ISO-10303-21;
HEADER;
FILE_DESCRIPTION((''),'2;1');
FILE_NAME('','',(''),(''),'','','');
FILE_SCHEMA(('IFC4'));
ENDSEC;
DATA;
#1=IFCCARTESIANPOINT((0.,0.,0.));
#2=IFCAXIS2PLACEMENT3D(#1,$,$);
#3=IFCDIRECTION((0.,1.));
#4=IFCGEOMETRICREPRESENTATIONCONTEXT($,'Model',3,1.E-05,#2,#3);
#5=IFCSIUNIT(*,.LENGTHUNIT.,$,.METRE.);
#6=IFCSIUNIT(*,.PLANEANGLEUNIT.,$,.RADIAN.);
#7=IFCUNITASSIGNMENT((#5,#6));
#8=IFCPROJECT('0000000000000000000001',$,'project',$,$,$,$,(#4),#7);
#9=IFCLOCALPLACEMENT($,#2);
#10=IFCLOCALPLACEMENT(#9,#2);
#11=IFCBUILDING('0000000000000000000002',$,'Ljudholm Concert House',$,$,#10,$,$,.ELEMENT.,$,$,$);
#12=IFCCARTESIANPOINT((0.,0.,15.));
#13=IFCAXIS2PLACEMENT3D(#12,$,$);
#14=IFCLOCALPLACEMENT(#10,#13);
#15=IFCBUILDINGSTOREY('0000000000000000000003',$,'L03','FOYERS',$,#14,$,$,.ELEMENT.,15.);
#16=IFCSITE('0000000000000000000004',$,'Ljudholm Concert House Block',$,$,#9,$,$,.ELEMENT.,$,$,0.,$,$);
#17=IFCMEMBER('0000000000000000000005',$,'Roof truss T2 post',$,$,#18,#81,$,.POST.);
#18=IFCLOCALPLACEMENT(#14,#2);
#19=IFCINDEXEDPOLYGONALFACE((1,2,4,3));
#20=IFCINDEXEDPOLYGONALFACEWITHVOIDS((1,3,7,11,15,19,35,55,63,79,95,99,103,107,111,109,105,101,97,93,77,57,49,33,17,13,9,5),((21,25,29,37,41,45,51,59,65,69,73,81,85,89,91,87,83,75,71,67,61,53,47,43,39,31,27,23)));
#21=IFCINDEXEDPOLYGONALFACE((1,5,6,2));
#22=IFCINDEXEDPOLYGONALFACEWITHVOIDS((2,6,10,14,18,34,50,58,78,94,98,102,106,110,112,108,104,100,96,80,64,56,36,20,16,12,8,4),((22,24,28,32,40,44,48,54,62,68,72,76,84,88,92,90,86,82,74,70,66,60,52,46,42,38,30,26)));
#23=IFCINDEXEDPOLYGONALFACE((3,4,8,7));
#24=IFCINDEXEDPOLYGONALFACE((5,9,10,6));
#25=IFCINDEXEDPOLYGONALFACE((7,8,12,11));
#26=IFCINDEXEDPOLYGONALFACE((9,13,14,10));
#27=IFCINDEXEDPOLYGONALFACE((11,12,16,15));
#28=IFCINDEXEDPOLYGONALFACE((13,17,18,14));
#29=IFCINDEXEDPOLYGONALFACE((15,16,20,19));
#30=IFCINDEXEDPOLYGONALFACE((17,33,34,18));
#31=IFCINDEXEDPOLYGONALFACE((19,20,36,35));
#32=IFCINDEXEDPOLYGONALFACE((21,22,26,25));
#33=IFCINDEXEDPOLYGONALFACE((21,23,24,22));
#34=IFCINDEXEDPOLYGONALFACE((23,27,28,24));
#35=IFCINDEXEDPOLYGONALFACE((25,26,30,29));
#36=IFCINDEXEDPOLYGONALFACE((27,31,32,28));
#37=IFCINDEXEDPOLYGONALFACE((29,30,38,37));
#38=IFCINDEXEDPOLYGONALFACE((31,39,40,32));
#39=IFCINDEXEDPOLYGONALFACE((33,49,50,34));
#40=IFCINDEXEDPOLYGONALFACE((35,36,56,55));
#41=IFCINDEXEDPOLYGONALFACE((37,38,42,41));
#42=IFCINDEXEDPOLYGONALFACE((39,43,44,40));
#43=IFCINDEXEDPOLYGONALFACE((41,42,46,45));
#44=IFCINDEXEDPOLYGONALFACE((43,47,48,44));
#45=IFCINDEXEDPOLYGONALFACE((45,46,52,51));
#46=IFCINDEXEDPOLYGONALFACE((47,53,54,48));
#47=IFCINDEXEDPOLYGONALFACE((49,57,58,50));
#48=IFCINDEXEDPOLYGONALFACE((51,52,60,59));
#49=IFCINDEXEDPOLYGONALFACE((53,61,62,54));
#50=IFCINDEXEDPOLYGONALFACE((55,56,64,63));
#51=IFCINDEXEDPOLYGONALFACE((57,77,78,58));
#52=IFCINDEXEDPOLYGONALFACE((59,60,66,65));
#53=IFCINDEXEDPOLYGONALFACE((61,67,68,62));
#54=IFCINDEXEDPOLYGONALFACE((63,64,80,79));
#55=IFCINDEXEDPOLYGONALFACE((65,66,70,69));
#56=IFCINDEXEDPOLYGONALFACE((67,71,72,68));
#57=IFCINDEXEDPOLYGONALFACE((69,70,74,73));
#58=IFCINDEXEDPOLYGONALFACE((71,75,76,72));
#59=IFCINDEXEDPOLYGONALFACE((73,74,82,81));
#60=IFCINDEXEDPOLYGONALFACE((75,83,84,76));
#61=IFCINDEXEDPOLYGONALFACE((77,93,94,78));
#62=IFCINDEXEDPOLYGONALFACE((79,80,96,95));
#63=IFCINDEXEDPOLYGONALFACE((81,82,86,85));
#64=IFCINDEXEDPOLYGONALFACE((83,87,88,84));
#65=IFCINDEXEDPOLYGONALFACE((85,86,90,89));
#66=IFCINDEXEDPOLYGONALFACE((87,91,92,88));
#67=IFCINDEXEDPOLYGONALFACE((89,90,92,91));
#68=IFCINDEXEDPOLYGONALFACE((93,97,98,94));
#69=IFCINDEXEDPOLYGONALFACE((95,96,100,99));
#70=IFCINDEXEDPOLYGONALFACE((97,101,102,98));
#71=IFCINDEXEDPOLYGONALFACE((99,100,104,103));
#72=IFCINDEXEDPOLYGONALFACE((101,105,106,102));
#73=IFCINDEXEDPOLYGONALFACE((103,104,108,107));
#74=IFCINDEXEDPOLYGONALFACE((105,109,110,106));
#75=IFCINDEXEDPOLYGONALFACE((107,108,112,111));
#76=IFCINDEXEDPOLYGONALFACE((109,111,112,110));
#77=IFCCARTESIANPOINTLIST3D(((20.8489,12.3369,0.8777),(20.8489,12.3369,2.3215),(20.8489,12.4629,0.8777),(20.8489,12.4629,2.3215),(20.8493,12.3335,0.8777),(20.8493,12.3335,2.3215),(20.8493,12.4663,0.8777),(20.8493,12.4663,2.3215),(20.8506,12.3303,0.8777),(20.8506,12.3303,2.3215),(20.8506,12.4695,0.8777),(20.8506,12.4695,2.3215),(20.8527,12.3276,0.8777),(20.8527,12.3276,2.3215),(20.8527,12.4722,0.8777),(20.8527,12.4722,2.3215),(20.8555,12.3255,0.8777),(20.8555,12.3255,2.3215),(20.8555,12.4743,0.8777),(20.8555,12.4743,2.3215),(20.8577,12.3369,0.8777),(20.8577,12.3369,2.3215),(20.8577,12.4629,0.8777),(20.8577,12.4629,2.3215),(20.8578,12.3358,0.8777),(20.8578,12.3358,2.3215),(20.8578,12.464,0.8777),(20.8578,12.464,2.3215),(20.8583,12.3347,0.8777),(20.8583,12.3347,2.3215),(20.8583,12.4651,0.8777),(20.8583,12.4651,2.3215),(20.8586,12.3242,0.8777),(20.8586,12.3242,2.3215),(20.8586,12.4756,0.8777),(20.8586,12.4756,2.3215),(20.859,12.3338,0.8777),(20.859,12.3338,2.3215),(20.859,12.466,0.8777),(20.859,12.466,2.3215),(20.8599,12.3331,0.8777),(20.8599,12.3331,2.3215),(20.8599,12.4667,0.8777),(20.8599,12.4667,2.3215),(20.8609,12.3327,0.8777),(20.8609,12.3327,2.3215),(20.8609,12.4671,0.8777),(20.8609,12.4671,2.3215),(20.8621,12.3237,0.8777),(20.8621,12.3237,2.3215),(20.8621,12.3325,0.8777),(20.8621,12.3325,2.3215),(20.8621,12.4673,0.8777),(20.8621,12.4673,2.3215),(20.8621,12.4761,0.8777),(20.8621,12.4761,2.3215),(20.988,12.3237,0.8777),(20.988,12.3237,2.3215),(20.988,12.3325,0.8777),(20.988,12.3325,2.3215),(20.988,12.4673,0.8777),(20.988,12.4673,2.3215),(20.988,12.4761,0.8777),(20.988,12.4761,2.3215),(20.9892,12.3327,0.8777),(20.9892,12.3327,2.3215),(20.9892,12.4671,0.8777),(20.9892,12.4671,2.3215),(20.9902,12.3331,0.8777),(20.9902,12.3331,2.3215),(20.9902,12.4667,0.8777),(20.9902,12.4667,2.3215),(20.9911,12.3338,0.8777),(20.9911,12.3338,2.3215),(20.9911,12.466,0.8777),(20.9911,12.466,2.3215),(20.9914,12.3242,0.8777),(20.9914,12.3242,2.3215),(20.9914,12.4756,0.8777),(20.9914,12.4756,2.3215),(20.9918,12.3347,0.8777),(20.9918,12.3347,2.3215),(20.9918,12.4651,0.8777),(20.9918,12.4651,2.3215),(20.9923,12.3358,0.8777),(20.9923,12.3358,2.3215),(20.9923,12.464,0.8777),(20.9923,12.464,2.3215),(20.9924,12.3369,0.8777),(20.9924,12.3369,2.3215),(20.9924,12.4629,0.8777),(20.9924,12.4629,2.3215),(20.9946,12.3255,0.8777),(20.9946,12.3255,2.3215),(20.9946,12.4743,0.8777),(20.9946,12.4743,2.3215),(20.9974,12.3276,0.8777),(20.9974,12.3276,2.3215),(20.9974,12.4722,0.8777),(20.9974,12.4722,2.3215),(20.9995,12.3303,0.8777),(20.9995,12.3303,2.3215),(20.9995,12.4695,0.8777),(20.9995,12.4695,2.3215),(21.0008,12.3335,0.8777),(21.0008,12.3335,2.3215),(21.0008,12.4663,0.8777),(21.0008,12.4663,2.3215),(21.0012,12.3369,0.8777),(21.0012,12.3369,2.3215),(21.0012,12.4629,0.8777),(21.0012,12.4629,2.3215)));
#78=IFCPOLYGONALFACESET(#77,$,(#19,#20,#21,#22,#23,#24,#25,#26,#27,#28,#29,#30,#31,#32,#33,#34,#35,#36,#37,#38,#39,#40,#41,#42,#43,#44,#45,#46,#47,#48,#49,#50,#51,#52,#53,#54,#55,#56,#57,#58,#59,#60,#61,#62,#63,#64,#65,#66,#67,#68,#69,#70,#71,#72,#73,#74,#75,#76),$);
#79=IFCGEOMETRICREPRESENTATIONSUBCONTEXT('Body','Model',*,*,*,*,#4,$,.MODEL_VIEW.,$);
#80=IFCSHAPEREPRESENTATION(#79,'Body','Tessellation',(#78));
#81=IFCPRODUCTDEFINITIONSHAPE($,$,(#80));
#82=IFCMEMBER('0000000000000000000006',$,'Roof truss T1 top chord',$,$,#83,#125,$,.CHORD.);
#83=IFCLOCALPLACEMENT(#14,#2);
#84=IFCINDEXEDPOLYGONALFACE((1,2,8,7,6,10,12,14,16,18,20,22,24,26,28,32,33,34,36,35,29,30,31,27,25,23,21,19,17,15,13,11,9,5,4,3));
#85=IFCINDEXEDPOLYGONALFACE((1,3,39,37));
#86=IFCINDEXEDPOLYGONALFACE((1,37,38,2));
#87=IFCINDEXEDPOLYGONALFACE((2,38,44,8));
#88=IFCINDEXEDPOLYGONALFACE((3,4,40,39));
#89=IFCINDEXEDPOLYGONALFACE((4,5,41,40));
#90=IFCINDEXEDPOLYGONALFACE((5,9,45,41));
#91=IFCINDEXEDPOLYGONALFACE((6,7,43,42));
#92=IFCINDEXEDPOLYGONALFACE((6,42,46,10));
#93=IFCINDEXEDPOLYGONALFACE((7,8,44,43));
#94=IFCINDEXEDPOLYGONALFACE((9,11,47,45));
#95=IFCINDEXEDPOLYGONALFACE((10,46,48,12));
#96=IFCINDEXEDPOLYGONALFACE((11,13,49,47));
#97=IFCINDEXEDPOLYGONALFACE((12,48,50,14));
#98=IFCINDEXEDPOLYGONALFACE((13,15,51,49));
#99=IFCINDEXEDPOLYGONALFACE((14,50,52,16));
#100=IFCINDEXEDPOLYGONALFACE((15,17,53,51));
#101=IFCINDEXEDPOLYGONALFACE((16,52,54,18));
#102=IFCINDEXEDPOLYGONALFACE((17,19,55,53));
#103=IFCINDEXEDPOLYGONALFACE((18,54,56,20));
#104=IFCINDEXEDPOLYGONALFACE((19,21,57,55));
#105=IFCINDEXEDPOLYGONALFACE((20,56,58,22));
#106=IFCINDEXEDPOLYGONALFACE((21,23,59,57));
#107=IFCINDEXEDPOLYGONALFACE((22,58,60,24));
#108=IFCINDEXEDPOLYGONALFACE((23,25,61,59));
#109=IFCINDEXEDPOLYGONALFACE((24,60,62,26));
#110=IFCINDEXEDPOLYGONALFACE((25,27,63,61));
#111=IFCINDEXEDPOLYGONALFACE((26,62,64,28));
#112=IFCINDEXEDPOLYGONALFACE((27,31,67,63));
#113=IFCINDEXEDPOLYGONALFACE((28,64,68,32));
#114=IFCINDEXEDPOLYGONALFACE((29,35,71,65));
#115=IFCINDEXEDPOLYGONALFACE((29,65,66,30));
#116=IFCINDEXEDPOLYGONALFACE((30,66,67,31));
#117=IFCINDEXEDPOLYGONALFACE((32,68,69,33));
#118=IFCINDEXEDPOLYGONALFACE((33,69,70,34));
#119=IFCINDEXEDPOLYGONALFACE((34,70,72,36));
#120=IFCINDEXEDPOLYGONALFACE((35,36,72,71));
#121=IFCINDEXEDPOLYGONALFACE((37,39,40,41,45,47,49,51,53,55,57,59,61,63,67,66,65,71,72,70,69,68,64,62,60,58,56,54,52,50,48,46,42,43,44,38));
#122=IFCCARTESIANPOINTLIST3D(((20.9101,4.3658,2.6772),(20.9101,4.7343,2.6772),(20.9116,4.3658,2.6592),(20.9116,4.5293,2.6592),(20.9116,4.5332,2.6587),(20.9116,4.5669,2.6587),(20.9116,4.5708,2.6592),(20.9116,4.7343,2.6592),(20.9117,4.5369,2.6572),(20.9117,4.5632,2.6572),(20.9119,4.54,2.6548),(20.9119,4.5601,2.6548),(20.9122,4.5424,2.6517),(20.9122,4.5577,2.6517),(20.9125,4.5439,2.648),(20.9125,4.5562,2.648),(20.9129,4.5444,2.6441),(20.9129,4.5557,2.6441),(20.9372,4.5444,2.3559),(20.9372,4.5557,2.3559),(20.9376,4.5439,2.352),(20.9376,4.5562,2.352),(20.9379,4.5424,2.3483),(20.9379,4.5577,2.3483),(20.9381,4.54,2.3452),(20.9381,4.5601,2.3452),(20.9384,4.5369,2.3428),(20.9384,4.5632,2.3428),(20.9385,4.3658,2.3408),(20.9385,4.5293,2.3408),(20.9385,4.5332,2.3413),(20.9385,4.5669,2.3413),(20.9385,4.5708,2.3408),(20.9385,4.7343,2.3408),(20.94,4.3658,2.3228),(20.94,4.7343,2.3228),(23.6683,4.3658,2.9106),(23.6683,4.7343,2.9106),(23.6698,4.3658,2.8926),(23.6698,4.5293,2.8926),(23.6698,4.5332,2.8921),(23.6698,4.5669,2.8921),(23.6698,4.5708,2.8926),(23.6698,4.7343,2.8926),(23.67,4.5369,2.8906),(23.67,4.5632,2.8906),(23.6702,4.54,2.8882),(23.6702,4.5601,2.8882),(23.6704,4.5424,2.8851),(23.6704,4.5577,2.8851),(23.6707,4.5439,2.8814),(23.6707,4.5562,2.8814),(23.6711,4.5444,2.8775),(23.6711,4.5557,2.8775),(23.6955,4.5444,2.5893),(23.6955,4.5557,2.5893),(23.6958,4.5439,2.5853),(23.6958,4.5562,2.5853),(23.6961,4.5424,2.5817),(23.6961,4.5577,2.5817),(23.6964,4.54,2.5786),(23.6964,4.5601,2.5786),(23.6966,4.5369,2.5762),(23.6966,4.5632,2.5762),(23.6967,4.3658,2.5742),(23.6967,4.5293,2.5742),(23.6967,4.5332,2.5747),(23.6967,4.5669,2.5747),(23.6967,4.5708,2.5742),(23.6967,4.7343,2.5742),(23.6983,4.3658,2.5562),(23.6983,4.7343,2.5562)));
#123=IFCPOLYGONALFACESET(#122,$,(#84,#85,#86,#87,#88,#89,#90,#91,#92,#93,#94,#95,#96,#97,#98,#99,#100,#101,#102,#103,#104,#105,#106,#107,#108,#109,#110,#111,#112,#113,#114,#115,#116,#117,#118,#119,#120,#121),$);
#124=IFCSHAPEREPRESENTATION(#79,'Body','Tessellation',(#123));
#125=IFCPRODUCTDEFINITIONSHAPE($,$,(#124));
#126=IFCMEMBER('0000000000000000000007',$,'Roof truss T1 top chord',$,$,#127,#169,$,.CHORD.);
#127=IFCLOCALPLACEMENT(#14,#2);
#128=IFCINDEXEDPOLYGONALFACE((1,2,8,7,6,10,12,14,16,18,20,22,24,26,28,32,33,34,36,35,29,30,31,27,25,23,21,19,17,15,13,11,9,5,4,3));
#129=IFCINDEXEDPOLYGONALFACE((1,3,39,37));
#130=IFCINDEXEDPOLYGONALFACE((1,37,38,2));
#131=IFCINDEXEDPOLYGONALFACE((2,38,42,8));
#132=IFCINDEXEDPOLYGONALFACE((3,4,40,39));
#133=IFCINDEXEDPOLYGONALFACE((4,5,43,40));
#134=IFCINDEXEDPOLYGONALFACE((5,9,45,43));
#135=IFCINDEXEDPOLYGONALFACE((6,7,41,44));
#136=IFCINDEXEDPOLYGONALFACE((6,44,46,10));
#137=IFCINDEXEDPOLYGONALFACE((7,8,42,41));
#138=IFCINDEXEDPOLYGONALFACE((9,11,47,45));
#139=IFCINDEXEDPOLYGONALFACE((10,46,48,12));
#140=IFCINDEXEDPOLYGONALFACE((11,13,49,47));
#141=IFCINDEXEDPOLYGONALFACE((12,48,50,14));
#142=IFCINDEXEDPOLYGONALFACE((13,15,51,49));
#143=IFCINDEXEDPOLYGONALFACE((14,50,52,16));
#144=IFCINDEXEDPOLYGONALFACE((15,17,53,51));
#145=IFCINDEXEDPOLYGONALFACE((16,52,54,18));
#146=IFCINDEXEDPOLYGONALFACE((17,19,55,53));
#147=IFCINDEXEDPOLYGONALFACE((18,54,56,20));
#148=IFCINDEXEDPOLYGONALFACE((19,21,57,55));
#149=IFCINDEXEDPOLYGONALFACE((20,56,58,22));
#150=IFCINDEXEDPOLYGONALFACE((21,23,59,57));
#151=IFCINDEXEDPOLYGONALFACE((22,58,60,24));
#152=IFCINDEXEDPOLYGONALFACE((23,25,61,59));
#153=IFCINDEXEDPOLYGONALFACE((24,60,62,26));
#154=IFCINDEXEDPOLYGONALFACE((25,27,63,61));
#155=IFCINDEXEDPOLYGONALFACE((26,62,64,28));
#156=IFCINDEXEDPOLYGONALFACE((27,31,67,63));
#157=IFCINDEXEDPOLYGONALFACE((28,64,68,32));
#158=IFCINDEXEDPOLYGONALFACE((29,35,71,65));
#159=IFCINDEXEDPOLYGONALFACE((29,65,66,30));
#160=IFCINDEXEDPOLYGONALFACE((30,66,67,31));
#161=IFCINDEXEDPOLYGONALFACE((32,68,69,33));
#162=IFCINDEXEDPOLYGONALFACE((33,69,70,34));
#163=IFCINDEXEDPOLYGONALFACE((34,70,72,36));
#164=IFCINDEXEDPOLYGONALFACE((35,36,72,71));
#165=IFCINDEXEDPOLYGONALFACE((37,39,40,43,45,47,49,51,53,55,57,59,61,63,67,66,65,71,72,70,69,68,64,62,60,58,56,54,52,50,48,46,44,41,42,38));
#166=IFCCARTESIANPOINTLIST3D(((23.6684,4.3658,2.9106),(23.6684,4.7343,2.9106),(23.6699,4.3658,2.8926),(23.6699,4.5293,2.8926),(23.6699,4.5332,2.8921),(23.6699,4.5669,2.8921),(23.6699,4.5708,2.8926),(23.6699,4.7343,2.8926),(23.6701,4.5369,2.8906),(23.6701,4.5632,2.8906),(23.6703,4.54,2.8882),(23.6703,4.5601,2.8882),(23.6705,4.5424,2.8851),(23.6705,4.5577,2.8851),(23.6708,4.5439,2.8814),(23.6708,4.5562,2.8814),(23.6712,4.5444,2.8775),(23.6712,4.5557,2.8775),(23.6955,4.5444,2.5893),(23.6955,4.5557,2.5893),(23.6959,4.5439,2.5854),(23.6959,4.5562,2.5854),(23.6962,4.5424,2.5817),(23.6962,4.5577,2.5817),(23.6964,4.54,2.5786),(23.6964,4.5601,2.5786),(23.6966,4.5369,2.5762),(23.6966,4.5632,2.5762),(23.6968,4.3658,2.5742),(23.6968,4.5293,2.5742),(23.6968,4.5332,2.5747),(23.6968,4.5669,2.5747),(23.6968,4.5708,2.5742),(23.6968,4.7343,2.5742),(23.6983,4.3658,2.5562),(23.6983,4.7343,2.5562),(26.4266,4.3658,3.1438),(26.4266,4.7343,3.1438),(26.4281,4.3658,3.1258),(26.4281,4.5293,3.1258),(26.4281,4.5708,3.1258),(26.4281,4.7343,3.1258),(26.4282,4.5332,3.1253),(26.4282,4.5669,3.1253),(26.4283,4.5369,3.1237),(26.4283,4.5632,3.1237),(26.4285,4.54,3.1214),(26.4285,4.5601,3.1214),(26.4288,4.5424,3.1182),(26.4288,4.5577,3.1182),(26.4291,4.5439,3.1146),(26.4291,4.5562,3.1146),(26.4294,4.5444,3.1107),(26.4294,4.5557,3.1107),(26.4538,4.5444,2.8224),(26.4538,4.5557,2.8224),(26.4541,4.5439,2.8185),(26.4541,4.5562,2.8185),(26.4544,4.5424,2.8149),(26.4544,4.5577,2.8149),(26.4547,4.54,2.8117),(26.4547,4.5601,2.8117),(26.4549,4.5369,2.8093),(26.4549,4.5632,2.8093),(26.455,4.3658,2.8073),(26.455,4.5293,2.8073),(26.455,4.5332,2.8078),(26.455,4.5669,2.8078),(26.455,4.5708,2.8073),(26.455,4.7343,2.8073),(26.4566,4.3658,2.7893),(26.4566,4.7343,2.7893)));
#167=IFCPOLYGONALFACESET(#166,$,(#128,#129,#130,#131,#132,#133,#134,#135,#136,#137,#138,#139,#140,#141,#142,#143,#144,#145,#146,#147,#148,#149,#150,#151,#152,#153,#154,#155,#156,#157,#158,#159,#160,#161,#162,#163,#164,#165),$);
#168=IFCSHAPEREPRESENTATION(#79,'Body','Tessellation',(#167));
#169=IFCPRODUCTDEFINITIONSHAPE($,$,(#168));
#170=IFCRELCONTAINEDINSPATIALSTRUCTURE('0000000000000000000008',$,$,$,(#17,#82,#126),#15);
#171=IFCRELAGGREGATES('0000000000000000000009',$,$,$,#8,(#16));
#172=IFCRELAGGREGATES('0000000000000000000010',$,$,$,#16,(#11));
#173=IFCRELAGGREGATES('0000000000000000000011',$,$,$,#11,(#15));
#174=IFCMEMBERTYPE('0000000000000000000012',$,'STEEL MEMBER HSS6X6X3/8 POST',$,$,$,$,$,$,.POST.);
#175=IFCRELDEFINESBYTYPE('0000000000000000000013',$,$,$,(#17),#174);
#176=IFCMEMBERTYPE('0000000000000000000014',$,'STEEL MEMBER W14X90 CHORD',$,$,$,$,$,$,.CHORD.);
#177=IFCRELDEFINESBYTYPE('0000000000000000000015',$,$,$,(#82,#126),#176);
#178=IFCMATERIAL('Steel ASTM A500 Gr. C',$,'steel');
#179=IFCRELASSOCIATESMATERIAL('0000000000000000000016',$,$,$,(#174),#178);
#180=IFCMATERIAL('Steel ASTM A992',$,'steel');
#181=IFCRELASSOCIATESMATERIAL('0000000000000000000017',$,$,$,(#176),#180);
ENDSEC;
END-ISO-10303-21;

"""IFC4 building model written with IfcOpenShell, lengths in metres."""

from ifc_helpers import new_model, si_unit, direction, frame, origin, origin_2d, place, context, subcontext, project, spatial, hollow_rectangle, i_section, extrude, material, material_profile, profile_set, type_object, element, save


model = new_model("IFC4")

# Units and contexts
model_context = context("Model", 3, precision=1e-05, world=origin(), true_north=direction((0.0, 1.0)))
body_context = subcontext(model_context, "Body", "Model", "MODEL_VIEW")
ifc_project = project(units=[si_unit("LENGTHUNIT", "METRE"), si_unit("PLANEANGLEUNIT", "RADIAN")], contexts=[model_context])

# Site, building, storey
site_placement = place(None, origin())
site = spatial("IfcSite", under=ifc_project, at=site_placement, Name="Ljudholm Concert House Block", CompositionType="ELEMENT", RefElevation=0.0)
building_placement = place(site_placement, origin())
building = spatial("IfcBuilding", under=site, at=building_placement, Name="Ljudholm Concert House", CompositionType="ELEMENT")
storey_placement = place(building_placement, frame((0.0, 0.0, 15.0)))
storey = spatial("IfcBuildingStorey", under=building, at=storey_placement, Name="L03", Description="FOYERS", CompositionType="ELEMENT", Elevation=15.0)

# Members
ifc_material_1 = material(Name="Steel ASTM A500 Gr. C", Category="steel")
ifc_material_profile_1 = material_profile(ifc_material_1, hollow_rectangle(XDim=0.1523, YDim=0.1523, WallThickness=0.0088, InnerFilletRadius=0.0044, OuterFilletRadius=0.0132, at=origin_2d()), Name="HSS6X6X3/8")
ifc_profile_set_1 = profile_set([ifc_material_profile_1], Name="Steel ASTM A500 Gr. C")
member_type_1 = type_object("IfcMemberType", Name="STEEL MEMBER HSS6X6X3/8 POST", PredefinedType="POST", material=ifc_profile_set_1)
member_1_placement = place(storey_placement, frame((20.925, 12.3999, 0.8777), z_axis=(0.0, 0.0, 1.0), x_axis=(1.0, 0.0, 0.0)))
element("IfcMember", 1, at=member_1_placement, inside=storey, type_object=member_type_1, Name="Roof truss T2 post", PredefinedType="POST", context=body_context, shape_type="SweptSolid", body=[
    extrude(hollow_rectangle(XDim=0.1523, YDim=0.1523, WallThickness=0.0088, InnerFilletRadius=0.0044, OuterFilletRadius=0.0132, at=origin_2d()), origin(), (0.0, 0.0, 1.0), 1.4438),
])
ifc_material_2 = material(Name="Steel ASTM A992", Category="steel")
ifc_material_profile_2 = material_profile(ifc_material_2, i_section(OverallWidth=0.3684, OverallDepth=0.3557, WebThickness=0.0112, FlangeThickness=0.0181, FilletRadius=0.0151, at=origin_2d()), Name="W14X90")
ifc_profile_set_2 = profile_set([ifc_material_profile_2], Name="Steel ASTM A992")
member_type_2 = type_object("IfcMemberType", Name="STEEL MEMBER W14X90 CHORD", PredefinedType="CHORD", material=ifc_profile_set_2)
for number, where, z_axis, x_axis, name in (
    (2, (20.925, 4.55, 2.5), (0.996439, 0.0, 0.084315), (0.0, 1.0, 0.0), "Roof truss T1 top chord"),
    (3, (23.6833, 4.55, 2.7334), (0.996447, 0.0, 0.084228), (0.0, 1.0, 0.0), "Roof truss T1 top chord"),
):
    element("IfcMember", number, at=place(storey_placement, frame(where, z_axis=z_axis, x_axis=x_axis)), inside=storey, type_object=member_type_2, Name=name, PredefinedType="CHORD", context=body_context, shape_type="SweptSolid", body=[
        extrude(i_section(OverallWidth=0.3684, OverallDepth=0.3557, WebThickness=0.0112, FlangeThickness=0.0181, FilletRadius=0.0151, at=origin_2d()), origin(), (0.0, 0.0, 1.0), 2.7681),
    ])

save(model, "model.ifc")
